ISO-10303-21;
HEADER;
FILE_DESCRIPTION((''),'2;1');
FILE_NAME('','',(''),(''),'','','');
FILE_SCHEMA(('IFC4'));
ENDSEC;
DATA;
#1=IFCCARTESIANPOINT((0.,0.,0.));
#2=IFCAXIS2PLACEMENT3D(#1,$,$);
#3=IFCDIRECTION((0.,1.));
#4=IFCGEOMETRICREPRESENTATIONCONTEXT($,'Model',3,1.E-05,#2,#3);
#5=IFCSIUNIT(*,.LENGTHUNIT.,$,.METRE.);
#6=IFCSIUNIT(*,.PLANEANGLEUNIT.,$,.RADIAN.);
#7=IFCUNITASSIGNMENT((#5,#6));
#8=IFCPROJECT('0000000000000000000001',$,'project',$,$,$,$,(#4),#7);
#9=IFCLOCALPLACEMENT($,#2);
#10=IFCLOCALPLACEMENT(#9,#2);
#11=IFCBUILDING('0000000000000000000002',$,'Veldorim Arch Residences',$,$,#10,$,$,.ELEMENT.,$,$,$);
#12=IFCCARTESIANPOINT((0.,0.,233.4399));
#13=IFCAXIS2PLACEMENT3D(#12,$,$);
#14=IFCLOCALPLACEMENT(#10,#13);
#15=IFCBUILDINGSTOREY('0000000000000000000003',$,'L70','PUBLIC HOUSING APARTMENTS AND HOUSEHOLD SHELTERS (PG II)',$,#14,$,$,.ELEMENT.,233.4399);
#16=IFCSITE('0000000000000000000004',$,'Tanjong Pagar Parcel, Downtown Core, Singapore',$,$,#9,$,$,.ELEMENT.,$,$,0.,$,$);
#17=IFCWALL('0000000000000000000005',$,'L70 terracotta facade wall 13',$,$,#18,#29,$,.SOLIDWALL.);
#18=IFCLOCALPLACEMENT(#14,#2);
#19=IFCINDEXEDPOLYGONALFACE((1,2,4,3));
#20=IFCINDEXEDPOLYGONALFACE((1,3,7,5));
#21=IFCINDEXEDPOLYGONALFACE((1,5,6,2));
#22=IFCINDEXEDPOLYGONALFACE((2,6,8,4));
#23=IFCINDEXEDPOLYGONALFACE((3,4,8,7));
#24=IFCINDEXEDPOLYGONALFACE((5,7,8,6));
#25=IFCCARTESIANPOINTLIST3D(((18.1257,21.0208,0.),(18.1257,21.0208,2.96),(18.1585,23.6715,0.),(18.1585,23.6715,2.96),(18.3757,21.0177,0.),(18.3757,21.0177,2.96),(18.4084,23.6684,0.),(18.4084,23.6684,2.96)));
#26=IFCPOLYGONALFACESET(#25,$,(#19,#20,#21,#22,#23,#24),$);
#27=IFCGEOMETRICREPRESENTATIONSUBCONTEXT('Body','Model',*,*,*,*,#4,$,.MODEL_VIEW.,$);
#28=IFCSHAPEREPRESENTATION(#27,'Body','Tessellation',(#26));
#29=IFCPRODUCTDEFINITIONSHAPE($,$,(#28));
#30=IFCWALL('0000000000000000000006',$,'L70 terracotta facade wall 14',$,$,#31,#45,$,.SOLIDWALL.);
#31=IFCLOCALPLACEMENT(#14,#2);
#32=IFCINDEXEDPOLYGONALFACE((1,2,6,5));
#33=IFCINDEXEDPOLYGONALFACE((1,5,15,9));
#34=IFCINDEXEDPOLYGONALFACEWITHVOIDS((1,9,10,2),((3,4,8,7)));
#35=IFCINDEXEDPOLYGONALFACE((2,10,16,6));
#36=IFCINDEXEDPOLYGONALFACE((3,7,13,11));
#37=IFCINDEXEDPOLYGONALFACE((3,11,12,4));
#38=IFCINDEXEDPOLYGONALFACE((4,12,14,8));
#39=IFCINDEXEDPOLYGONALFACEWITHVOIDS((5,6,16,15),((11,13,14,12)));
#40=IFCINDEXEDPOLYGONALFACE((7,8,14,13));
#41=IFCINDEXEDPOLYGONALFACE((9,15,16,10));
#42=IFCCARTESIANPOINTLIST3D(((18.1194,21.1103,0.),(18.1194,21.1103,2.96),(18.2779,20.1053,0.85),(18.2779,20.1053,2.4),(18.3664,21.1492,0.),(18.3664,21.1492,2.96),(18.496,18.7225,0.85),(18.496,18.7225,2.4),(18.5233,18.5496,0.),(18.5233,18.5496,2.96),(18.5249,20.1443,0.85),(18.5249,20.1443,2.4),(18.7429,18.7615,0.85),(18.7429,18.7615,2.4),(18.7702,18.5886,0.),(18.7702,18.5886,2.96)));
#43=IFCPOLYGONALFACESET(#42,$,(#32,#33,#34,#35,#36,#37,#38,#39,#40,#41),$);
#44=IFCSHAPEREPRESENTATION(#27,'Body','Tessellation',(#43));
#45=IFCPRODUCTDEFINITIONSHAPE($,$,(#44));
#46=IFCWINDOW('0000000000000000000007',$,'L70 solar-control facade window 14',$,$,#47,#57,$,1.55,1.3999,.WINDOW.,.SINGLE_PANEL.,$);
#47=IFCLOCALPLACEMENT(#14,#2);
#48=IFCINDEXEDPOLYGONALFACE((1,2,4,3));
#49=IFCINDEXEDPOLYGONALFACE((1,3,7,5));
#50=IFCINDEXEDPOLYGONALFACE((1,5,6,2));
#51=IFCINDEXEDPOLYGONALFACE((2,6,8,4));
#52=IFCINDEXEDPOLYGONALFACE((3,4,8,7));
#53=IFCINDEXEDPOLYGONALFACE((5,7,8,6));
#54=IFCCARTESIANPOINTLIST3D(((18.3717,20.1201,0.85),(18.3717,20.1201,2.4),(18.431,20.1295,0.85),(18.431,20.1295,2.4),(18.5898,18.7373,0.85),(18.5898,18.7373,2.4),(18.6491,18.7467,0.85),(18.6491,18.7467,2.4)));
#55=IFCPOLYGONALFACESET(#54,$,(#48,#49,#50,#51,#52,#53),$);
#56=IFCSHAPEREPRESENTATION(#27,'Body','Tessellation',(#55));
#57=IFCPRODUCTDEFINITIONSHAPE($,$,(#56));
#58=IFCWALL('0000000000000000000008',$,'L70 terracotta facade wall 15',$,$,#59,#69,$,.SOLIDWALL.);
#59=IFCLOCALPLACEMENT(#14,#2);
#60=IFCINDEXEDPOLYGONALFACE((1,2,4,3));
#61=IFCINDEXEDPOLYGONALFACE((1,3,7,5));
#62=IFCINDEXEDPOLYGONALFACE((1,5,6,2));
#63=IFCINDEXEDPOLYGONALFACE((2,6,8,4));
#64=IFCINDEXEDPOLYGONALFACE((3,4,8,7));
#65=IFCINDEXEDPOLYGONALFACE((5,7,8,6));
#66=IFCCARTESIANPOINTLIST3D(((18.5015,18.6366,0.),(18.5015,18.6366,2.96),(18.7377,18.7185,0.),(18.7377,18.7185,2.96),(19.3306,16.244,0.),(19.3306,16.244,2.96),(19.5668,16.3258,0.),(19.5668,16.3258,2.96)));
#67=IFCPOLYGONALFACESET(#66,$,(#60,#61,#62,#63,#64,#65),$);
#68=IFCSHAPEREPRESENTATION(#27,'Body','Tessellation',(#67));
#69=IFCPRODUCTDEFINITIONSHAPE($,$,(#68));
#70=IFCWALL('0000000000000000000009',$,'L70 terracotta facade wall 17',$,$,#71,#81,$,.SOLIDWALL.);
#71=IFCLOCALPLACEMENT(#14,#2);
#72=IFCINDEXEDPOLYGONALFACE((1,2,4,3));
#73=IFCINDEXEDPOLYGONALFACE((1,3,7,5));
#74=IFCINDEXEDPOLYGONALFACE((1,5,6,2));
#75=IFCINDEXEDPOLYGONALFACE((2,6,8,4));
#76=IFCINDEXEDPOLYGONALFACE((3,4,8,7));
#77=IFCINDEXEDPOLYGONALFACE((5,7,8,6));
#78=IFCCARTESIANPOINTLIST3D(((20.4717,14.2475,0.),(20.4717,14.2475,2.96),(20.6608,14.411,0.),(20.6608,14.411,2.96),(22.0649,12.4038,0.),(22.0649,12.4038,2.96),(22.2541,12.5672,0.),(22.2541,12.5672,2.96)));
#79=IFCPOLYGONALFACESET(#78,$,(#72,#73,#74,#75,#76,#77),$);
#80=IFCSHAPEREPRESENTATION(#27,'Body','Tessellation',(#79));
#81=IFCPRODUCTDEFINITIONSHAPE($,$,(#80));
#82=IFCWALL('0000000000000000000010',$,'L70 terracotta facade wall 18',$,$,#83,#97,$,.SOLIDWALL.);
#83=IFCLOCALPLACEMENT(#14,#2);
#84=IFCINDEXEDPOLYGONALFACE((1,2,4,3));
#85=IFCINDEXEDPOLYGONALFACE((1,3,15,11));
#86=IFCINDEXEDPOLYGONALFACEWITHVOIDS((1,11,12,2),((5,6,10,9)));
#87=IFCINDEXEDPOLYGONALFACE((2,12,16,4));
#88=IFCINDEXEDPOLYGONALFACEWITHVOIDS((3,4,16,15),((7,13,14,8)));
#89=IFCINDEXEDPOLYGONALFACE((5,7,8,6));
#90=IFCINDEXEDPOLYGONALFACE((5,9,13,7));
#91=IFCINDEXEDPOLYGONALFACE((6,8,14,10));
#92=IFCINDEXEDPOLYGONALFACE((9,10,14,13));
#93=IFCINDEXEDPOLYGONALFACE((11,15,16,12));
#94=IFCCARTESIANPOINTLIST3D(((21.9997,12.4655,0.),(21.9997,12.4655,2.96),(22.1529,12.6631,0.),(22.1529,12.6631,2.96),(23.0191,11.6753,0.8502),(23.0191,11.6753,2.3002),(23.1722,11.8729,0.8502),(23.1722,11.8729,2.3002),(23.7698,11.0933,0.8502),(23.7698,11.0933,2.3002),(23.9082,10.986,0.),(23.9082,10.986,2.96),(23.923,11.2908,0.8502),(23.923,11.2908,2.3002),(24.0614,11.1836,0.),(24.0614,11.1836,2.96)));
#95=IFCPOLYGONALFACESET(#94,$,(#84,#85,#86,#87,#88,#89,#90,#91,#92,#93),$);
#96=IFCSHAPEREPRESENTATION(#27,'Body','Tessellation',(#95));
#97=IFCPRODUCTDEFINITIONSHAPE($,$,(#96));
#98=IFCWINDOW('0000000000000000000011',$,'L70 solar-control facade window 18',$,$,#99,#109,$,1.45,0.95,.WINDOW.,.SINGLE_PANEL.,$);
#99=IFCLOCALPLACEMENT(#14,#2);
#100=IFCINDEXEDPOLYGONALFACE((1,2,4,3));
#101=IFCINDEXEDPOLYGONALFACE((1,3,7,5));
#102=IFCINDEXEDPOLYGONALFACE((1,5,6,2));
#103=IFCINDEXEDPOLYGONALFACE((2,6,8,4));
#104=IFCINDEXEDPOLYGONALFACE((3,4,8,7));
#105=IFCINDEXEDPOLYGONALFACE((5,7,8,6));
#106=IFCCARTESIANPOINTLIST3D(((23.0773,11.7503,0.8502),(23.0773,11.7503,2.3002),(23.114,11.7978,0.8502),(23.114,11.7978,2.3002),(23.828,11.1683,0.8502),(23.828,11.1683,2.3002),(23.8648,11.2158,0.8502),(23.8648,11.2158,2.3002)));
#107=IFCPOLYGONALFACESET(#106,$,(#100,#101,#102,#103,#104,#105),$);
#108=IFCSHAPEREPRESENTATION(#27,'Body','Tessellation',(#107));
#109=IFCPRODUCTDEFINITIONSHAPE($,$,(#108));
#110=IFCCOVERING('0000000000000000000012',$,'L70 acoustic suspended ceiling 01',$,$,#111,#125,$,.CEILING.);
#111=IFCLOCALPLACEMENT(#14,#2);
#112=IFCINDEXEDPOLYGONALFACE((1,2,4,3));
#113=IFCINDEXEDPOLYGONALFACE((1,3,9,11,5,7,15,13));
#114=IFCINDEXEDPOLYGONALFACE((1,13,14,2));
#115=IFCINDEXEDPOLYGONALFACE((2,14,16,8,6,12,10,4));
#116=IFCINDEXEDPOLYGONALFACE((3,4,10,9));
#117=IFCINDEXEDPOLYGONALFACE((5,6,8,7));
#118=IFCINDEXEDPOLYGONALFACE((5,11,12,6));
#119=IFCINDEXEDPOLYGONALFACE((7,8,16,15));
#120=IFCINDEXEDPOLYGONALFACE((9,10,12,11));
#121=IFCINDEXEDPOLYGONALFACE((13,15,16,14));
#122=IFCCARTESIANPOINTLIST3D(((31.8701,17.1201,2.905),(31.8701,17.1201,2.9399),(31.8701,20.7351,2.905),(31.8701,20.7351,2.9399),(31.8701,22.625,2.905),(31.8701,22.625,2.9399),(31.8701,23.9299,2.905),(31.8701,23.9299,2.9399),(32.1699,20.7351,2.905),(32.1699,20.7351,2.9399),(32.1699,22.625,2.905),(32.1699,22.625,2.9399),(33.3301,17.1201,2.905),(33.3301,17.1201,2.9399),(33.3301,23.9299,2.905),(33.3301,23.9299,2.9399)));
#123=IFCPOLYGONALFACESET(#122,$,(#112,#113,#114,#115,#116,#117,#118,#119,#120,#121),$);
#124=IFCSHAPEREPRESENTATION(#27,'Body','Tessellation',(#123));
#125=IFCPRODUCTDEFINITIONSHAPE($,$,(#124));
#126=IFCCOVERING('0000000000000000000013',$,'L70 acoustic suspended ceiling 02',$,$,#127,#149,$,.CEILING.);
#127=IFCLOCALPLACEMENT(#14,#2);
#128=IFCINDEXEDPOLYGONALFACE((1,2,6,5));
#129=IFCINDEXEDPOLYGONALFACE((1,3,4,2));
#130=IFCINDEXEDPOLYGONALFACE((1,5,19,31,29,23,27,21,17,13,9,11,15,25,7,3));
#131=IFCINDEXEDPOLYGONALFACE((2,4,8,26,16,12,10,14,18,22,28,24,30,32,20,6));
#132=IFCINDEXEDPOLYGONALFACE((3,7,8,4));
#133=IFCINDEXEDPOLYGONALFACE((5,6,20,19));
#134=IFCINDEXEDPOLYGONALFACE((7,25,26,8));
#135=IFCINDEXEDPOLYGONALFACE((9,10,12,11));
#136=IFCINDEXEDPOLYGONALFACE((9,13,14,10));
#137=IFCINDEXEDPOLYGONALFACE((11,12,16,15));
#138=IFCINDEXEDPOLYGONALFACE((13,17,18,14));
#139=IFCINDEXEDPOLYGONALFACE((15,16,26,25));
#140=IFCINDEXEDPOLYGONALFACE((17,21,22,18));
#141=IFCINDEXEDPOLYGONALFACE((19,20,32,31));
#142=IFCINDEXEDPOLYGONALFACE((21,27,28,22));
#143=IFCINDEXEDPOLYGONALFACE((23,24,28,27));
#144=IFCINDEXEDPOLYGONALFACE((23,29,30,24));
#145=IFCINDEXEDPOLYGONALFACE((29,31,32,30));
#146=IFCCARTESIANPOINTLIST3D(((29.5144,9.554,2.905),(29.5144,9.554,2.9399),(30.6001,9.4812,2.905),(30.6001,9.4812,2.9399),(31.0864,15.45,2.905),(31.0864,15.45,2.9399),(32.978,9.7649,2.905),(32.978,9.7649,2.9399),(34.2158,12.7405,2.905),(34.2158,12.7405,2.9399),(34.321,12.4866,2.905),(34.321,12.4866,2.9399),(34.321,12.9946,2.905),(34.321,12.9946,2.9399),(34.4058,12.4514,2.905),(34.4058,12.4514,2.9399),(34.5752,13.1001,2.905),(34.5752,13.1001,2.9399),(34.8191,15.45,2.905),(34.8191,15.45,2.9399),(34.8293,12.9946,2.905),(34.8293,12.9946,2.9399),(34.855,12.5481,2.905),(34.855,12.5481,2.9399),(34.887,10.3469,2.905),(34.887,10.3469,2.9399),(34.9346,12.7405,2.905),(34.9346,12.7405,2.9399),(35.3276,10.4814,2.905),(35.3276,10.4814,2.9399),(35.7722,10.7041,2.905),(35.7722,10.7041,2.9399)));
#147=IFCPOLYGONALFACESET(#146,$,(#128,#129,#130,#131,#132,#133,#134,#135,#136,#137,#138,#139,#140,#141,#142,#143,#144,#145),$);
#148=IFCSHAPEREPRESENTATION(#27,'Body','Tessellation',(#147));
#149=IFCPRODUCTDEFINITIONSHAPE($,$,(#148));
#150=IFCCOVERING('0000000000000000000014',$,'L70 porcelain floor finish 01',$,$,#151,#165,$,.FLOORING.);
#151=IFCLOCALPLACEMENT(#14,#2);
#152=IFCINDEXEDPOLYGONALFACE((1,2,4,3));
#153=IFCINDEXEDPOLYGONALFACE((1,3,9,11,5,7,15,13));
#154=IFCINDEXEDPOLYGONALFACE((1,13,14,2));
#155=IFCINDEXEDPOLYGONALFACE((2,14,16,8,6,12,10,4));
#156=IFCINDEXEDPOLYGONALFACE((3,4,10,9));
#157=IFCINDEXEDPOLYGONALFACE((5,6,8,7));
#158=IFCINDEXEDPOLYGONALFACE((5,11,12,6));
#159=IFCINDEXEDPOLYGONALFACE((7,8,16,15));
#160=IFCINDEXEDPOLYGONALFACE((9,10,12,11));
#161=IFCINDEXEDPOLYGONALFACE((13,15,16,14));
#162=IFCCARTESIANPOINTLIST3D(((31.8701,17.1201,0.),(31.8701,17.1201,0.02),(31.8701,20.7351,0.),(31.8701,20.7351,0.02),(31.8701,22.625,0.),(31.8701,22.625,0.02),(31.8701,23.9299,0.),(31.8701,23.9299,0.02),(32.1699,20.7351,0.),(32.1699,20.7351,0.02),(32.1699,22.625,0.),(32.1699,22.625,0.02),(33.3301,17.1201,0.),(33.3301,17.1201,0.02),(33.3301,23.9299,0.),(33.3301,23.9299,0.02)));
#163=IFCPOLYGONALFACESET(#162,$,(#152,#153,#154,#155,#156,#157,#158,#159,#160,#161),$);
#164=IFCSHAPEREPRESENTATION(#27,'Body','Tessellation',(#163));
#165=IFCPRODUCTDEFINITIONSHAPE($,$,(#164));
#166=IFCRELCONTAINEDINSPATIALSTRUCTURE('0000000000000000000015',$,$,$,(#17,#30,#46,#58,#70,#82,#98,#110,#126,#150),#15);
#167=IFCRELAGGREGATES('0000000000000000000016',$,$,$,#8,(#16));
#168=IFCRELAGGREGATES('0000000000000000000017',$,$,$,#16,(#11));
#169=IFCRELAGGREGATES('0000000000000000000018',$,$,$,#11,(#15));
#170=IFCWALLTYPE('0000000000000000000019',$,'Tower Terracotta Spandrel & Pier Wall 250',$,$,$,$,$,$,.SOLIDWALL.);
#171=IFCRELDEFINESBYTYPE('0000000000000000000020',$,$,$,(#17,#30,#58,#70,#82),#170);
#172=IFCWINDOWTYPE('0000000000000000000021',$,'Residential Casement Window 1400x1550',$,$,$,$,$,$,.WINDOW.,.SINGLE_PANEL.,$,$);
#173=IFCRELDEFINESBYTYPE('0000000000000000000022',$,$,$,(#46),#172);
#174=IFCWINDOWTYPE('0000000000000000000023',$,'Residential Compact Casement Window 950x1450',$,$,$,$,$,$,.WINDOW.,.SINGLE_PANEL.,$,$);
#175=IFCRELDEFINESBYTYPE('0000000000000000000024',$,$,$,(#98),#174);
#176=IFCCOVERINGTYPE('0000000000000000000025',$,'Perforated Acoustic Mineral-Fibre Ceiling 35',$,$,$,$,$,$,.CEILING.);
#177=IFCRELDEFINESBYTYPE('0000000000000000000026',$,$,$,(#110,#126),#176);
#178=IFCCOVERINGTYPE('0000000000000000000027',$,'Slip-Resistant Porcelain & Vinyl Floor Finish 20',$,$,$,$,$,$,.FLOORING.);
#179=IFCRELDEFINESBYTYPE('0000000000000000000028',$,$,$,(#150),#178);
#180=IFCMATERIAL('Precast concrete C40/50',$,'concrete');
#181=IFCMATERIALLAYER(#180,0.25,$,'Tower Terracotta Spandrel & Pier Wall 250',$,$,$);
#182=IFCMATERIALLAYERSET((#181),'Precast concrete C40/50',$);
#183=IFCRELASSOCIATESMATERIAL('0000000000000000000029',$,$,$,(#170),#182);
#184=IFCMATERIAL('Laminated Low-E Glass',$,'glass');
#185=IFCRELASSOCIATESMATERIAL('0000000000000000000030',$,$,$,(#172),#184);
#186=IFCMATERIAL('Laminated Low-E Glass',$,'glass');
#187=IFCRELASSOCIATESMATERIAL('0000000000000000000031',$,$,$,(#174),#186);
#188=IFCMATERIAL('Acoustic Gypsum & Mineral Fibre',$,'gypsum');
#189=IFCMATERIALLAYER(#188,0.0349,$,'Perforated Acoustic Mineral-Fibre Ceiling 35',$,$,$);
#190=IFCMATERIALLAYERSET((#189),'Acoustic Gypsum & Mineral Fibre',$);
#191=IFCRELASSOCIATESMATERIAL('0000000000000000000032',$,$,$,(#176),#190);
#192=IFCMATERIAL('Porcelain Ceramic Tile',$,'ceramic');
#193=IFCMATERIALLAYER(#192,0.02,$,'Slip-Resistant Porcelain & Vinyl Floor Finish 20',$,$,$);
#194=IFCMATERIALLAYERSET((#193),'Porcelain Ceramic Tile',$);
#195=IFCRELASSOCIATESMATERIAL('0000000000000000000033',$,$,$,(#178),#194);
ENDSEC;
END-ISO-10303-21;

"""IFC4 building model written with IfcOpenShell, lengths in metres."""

from ifc_helpers import new_model, si_unit, direction, frame, frame_2d, origin, place, context, subcontext, project, spatial, polyline, rectangle, outline, extrude, material, layer, layer_set, type_object, element, fill, save


model = new_model("IFC4")

# Units and contexts
model_context = context("Model", 3, precision=1e-05, world=origin(), true_north=direction((0.0, 1.0)))
body_context = subcontext(model_context, "Body", "Model", "MODEL_VIEW")
ifc_project = project(units=[si_unit("LENGTHUNIT", "METRE"), si_unit("PLANEANGLEUNIT", "RADIAN")], contexts=[model_context])

# Site, building, storey
site_placement = place(None, origin())
site = spatial("IfcSite", under=ifc_project, at=site_placement, Name="Tanjong Pagar Parcel, Downtown Core, Singapore", CompositionType="ELEMENT", RefElevation=0.0)
building_placement = place(site_placement, origin())
building = spatial("IfcBuilding", under=site, at=building_placement, Name="Veldorim Arch Residences", CompositionType="ELEMENT")
storey_placement = place(building_placement, frame((0.0, 0.0, 233.4399)))
storey = spatial("IfcBuildingStorey", under=building, at=storey_placement, Name="L70", Description="PUBLIC HOUSING APARTMENTS AND HOUSEHOLD SHELTERS (PG II)", CompositionType="ELEMENT", Elevation=233.4399)

# Wall
ifc_material_1 = material(Name="Precast concrete C40/50", Category="concrete")
ifc_layer_1 = layer(ifc_material_1, 0.25, Name="Tower Terracotta Spandrel & Pier Wall 250")
ifc_layer_set_1 = layer_set([ifc_layer_1], Name="Precast concrete C40/50")
wall_type_1 = type_object("IfcWallType", Name="Tower Terracotta Spandrel & Pier Wall 250", PredefinedType="SOLIDWALL", material=ifc_layer_set_1)
wall_1_placement = place(storey_placement, frame((18.2507, 21.0193, 0.0), z_axis=(0.0, 0.0, 1.0), x_axis=(0.012341, 0.999924, 0.0)))
element("IfcWall", 1, at=wall_1_placement, inside=storey, type_object=wall_type_1, Name="L70 terracotta facade wall 13", PredefinedType="SOLIDWALL", context=body_context, shape_type="SweptSolid", body=[
    extrude(rectangle(XDim=2.6509, YDim=0.25, at=frame_2d((1.3254, 0.0))), origin(), (0.0, 0.0, 1.0), 2.96),
])

# Wall, opening, window
wall_2_placement = place(storey_placement, frame((18.6467, 18.5691, 0.0), z_axis=(0.0, 0.0, 1.0), x_axis=(-0.155779, 0.987792, 0.0)))
wall_2 = element("IfcWall", 2, at=wall_2_placement, inside=storey, type_object=wall_type_1, Name="L70 terracotta facade wall 14", PredefinedType="SOLIDWALL", context=body_context, shape_type="SweptSolid", body=[
    extrude(rectangle(XDim=2.5923, YDim=0.25, at=frame_2d((1.2961, 0.0))), origin(), (0.0, 0.0, 1.0), 2.96),
])
opening_1_placement = place(wall_2_placement, frame((0.175, 0.0, 0.8501)))
opening_1 = element("IfcOpeningElement", 3, at=opening_1_placement, cuts=wall_2, PredefinedType="OPENING", context=body_context, shape_type="SweptSolid", body=[
    extrude(rectangle(XDim=1.3999, YDim=1.55, at=frame_2d((0.7, 0.7749))), frame((0.0, 0.135, 0.0), z_axis=(0.0, -1.0, 0.0), x_axis=(1.0, 0.0, 0.0)), (0.0, 0.0, 1.0), 0.27),
])
ifc_material_2 = material(Name="Laminated Low-E Glass", Category="glass")
window_type_1 = type_object("IfcWindowType", Name="Residential Casement Window 1400x1550", PartitioningType="SINGLE_PANEL", PredefinedType="WINDOW", material=ifc_material_2)
window_1_placement = place(opening_1_placement, origin())
window_1 = element("IfcWindow", 4, at=window_1_placement, inside=storey, type_object=window_type_1, Name="L70 solar-control facade window 14", OverallHeight=1.55, OverallWidth=1.3999, PartitioningType="SINGLE_PANEL", PredefinedType="WINDOW", context=body_context, shape_type="SweptSolid", body=[
    extrude(rectangle(XDim=1.3999, YDim=1.55, at=frame_2d((0.7, 0.7749))), frame((0.0, 0.03, 0.0), z_axis=(0.0, -1.0, 0.0), x_axis=(1.0, 0.0, 0.0)), (0.0, 0.0, 1.0), 0.0601),
])
fill(opening_1, window_1)

# Walls
wall_3_placement = place(storey_placement, frame((19.4487, 16.2849, 0.0), z_axis=(0.0, 0.0, 1.0), x_axis=(-0.327428, 0.944876, 0.0)))
element("IfcWall", 5, at=wall_3_placement, inside=storey, type_object=wall_type_1, Name="L70 terracotta facade wall 15", PredefinedType="SOLIDWALL", context=body_context, shape_type="SweptSolid", body=[
    extrude(rectangle(XDim=2.5322, YDim=0.25, at=frame_2d((1.2661, 0.0))), origin(), (0.0, 0.0, 1.0), 2.96),
])
wall_4_placement = place(storey_placement, frame((22.1594, 12.4856, 0.0), z_axis=(0.0, 0.0, 1.0), x_axis=(-0.653839, 0.756634, 0.0)))
element("IfcWall", 6, at=wall_4_placement, inside=storey, type_object=wall_type_1, Name="L70 terracotta facade wall 17", PredefinedType="SOLIDWALL", context=body_context, shape_type="SweptSolid", body=[
    extrude(rectangle(XDim=2.4368, YDim=0.25, at=frame_2d((1.2183, 0.0))), origin(), (0.0, 0.0, 1.0), 2.96),
])

# Wall, opening, window
wall_5_placement = place(storey_placement, frame((23.9849, 11.0847, 0.0), z_axis=(0.0, 0.0, 1.0), x_axis=(-0.790326, 0.612687, 0.0)))
wall_5 = element("IfcWall", 7, at=wall_5_placement, inside=storey, type_object=wall_type_1, Name="L70 terracotta facade wall 18", PredefinedType="SOLIDWALL", context=body_context, shape_type="SweptSolid", body=[
    extrude(rectangle(XDim=2.4148, YDim=0.25, at=frame_2d((1.2075, 0.0))), origin(), (0.0, 0.0, 1.0), 2.96),
])
opening_2_placement = place(wall_5_placement, frame((0.175, 0.0, 0.8501)))
opening_2 = element("IfcOpeningElement", 8, at=opening_2_placement, cuts=wall_5, PredefinedType="OPENING", context=body_context, shape_type="SweptSolid", body=[
    extrude(rectangle(XDim=0.95, YDim=1.45, at=frame_2d((0.4751, 0.7251))), frame((0.0, 0.135, 0.0), z_axis=(0.0, -1.0, 0.0), x_axis=(1.0, 0.0, 0.0)), (0.0, 0.0, 1.0), 0.27),
])
ifc_material_3 = material(Name="Laminated Low-E Glass", Category="glass")
window_type_2 = type_object("IfcWindowType", Name="Residential Compact Casement Window 950x1450", PartitioningType="SINGLE_PANEL", PredefinedType="WINDOW", material=ifc_material_3)
window_2_placement = place(opening_2_placement, origin())
window_2 = element("IfcWindow", 9, at=window_2_placement, inside=storey, type_object=window_type_2, Name="L70 solar-control facade window 18", OverallHeight=1.45, OverallWidth=0.95, PartitioningType="SINGLE_PANEL", PredefinedType="WINDOW", context=body_context, shape_type="SweptSolid", body=[
    extrude(rectangle(XDim=0.95, YDim=1.45, at=frame_2d((0.4751, 0.7251))), frame((0.0, 0.03, 0.0), z_axis=(0.0, -1.0, 0.0), x_axis=(1.0, 0.0, 0.0)), (0.0, 0.0, 1.0), 0.0601),
])
fill(opening_2, window_2)

# Coverings
ifc_material_4 = material(Name="Acoustic Gypsum & Mineral Fibre", Category="gypsum")
ifc_layer_2 = layer(ifc_material_4, 0.0349, Name="Perforated Acoustic Mineral-Fibre Ceiling 35")
ifc_layer_set_2 = layer_set([ifc_layer_2], Name="Acoustic Gypsum & Mineral Fibre")
covering_type_1 = type_object("IfcCoveringType", Name="Perforated Acoustic Mineral-Fibre Ceiling 35", PredefinedType="CEILING", material=ifc_layer_set_2)
covering_1_placement = place(storey_placement, frame((0.0, 0.0, 2.905)))
element("IfcCovering", 10, at=covering_1_placement, inside=storey, type_object=covering_type_1, Name="L70 acoustic suspended ceiling 01", PredefinedType="CEILING", context=body_context, shape_type="SweptSolid", body=[
    extrude(outline(polyline([(33.3301, 23.9299), (33.3301, 17.1201), (31.8701, 17.1201), (31.8701, 20.7351), (32.1699, 20.7351), (32.1699, 22.625), (31.8701, 22.625), (31.8701, 23.9299), (33.3301, 23.9299)])), origin(), (0.0, 0.0, 1.0), 0.0349),
])
covering_2_placement = place(storey_placement, frame((0.0, 0.0, 2.905)))
element("IfcCovering", 11, at=covering_2_placement, inside=storey, type_object=covering_type_1, Name="L70 acoustic suspended ceiling 02", PredefinedType="CEILING", context=body_context, shape_type="SweptSolid", body=[
    extrude(outline(polyline([(34.9346, 12.7405), (34.8293, 12.9946), (34.5752, 13.1001), (34.321, 12.9946), (34.2158, 12.7405), (34.321, 12.4866), (34.4058, 12.4514), (34.887, 10.3469), (32.978, 9.7649), (30.6001, 9.4812), (29.5144, 9.554), (31.0864, 15.45), (34.8191, 15.45), (35.7722, 10.7041), (35.3276, 10.4814), (34.855, 12.5481), (34.9346, 12.7405)])), origin(), (0.0, 0.0, 1.0), 0.0349),
])
ifc_material_5 = material(Name="Porcelain Ceramic Tile", Category="ceramic")
ifc_layer_3 = layer(ifc_material_5, 0.02, Name="Slip-Resistant Porcelain & Vinyl Floor Finish 20")
ifc_layer_set_3 = layer_set([ifc_layer_3], Name="Porcelain Ceramic Tile")
covering_type_2 = type_object("IfcCoveringType", Name="Slip-Resistant Porcelain & Vinyl Floor Finish 20", PredefinedType="FLOORING", material=ifc_layer_set_3)
covering_3_placement = place(storey_placement, origin())
element("IfcCovering", 12, at=covering_3_placement, inside=storey, type_object=covering_type_2, Name="L70 porcelain floor finish 01", PredefinedType="FLOORING", context=body_context, shape_type="SweptSolid", body=[
    extrude(outline(polyline([(33.3301, 23.9299), (33.3301, 17.1201), (31.8701, 17.1201), (31.8701, 20.7351), (32.1699, 20.7351), (32.1699, 22.625), (31.8701, 22.625), (31.8701, 23.9299), (33.3301, 23.9299)])), origin(), (0.0, 0.0, 1.0), 0.02),
])

save(model, "model.ifc")
